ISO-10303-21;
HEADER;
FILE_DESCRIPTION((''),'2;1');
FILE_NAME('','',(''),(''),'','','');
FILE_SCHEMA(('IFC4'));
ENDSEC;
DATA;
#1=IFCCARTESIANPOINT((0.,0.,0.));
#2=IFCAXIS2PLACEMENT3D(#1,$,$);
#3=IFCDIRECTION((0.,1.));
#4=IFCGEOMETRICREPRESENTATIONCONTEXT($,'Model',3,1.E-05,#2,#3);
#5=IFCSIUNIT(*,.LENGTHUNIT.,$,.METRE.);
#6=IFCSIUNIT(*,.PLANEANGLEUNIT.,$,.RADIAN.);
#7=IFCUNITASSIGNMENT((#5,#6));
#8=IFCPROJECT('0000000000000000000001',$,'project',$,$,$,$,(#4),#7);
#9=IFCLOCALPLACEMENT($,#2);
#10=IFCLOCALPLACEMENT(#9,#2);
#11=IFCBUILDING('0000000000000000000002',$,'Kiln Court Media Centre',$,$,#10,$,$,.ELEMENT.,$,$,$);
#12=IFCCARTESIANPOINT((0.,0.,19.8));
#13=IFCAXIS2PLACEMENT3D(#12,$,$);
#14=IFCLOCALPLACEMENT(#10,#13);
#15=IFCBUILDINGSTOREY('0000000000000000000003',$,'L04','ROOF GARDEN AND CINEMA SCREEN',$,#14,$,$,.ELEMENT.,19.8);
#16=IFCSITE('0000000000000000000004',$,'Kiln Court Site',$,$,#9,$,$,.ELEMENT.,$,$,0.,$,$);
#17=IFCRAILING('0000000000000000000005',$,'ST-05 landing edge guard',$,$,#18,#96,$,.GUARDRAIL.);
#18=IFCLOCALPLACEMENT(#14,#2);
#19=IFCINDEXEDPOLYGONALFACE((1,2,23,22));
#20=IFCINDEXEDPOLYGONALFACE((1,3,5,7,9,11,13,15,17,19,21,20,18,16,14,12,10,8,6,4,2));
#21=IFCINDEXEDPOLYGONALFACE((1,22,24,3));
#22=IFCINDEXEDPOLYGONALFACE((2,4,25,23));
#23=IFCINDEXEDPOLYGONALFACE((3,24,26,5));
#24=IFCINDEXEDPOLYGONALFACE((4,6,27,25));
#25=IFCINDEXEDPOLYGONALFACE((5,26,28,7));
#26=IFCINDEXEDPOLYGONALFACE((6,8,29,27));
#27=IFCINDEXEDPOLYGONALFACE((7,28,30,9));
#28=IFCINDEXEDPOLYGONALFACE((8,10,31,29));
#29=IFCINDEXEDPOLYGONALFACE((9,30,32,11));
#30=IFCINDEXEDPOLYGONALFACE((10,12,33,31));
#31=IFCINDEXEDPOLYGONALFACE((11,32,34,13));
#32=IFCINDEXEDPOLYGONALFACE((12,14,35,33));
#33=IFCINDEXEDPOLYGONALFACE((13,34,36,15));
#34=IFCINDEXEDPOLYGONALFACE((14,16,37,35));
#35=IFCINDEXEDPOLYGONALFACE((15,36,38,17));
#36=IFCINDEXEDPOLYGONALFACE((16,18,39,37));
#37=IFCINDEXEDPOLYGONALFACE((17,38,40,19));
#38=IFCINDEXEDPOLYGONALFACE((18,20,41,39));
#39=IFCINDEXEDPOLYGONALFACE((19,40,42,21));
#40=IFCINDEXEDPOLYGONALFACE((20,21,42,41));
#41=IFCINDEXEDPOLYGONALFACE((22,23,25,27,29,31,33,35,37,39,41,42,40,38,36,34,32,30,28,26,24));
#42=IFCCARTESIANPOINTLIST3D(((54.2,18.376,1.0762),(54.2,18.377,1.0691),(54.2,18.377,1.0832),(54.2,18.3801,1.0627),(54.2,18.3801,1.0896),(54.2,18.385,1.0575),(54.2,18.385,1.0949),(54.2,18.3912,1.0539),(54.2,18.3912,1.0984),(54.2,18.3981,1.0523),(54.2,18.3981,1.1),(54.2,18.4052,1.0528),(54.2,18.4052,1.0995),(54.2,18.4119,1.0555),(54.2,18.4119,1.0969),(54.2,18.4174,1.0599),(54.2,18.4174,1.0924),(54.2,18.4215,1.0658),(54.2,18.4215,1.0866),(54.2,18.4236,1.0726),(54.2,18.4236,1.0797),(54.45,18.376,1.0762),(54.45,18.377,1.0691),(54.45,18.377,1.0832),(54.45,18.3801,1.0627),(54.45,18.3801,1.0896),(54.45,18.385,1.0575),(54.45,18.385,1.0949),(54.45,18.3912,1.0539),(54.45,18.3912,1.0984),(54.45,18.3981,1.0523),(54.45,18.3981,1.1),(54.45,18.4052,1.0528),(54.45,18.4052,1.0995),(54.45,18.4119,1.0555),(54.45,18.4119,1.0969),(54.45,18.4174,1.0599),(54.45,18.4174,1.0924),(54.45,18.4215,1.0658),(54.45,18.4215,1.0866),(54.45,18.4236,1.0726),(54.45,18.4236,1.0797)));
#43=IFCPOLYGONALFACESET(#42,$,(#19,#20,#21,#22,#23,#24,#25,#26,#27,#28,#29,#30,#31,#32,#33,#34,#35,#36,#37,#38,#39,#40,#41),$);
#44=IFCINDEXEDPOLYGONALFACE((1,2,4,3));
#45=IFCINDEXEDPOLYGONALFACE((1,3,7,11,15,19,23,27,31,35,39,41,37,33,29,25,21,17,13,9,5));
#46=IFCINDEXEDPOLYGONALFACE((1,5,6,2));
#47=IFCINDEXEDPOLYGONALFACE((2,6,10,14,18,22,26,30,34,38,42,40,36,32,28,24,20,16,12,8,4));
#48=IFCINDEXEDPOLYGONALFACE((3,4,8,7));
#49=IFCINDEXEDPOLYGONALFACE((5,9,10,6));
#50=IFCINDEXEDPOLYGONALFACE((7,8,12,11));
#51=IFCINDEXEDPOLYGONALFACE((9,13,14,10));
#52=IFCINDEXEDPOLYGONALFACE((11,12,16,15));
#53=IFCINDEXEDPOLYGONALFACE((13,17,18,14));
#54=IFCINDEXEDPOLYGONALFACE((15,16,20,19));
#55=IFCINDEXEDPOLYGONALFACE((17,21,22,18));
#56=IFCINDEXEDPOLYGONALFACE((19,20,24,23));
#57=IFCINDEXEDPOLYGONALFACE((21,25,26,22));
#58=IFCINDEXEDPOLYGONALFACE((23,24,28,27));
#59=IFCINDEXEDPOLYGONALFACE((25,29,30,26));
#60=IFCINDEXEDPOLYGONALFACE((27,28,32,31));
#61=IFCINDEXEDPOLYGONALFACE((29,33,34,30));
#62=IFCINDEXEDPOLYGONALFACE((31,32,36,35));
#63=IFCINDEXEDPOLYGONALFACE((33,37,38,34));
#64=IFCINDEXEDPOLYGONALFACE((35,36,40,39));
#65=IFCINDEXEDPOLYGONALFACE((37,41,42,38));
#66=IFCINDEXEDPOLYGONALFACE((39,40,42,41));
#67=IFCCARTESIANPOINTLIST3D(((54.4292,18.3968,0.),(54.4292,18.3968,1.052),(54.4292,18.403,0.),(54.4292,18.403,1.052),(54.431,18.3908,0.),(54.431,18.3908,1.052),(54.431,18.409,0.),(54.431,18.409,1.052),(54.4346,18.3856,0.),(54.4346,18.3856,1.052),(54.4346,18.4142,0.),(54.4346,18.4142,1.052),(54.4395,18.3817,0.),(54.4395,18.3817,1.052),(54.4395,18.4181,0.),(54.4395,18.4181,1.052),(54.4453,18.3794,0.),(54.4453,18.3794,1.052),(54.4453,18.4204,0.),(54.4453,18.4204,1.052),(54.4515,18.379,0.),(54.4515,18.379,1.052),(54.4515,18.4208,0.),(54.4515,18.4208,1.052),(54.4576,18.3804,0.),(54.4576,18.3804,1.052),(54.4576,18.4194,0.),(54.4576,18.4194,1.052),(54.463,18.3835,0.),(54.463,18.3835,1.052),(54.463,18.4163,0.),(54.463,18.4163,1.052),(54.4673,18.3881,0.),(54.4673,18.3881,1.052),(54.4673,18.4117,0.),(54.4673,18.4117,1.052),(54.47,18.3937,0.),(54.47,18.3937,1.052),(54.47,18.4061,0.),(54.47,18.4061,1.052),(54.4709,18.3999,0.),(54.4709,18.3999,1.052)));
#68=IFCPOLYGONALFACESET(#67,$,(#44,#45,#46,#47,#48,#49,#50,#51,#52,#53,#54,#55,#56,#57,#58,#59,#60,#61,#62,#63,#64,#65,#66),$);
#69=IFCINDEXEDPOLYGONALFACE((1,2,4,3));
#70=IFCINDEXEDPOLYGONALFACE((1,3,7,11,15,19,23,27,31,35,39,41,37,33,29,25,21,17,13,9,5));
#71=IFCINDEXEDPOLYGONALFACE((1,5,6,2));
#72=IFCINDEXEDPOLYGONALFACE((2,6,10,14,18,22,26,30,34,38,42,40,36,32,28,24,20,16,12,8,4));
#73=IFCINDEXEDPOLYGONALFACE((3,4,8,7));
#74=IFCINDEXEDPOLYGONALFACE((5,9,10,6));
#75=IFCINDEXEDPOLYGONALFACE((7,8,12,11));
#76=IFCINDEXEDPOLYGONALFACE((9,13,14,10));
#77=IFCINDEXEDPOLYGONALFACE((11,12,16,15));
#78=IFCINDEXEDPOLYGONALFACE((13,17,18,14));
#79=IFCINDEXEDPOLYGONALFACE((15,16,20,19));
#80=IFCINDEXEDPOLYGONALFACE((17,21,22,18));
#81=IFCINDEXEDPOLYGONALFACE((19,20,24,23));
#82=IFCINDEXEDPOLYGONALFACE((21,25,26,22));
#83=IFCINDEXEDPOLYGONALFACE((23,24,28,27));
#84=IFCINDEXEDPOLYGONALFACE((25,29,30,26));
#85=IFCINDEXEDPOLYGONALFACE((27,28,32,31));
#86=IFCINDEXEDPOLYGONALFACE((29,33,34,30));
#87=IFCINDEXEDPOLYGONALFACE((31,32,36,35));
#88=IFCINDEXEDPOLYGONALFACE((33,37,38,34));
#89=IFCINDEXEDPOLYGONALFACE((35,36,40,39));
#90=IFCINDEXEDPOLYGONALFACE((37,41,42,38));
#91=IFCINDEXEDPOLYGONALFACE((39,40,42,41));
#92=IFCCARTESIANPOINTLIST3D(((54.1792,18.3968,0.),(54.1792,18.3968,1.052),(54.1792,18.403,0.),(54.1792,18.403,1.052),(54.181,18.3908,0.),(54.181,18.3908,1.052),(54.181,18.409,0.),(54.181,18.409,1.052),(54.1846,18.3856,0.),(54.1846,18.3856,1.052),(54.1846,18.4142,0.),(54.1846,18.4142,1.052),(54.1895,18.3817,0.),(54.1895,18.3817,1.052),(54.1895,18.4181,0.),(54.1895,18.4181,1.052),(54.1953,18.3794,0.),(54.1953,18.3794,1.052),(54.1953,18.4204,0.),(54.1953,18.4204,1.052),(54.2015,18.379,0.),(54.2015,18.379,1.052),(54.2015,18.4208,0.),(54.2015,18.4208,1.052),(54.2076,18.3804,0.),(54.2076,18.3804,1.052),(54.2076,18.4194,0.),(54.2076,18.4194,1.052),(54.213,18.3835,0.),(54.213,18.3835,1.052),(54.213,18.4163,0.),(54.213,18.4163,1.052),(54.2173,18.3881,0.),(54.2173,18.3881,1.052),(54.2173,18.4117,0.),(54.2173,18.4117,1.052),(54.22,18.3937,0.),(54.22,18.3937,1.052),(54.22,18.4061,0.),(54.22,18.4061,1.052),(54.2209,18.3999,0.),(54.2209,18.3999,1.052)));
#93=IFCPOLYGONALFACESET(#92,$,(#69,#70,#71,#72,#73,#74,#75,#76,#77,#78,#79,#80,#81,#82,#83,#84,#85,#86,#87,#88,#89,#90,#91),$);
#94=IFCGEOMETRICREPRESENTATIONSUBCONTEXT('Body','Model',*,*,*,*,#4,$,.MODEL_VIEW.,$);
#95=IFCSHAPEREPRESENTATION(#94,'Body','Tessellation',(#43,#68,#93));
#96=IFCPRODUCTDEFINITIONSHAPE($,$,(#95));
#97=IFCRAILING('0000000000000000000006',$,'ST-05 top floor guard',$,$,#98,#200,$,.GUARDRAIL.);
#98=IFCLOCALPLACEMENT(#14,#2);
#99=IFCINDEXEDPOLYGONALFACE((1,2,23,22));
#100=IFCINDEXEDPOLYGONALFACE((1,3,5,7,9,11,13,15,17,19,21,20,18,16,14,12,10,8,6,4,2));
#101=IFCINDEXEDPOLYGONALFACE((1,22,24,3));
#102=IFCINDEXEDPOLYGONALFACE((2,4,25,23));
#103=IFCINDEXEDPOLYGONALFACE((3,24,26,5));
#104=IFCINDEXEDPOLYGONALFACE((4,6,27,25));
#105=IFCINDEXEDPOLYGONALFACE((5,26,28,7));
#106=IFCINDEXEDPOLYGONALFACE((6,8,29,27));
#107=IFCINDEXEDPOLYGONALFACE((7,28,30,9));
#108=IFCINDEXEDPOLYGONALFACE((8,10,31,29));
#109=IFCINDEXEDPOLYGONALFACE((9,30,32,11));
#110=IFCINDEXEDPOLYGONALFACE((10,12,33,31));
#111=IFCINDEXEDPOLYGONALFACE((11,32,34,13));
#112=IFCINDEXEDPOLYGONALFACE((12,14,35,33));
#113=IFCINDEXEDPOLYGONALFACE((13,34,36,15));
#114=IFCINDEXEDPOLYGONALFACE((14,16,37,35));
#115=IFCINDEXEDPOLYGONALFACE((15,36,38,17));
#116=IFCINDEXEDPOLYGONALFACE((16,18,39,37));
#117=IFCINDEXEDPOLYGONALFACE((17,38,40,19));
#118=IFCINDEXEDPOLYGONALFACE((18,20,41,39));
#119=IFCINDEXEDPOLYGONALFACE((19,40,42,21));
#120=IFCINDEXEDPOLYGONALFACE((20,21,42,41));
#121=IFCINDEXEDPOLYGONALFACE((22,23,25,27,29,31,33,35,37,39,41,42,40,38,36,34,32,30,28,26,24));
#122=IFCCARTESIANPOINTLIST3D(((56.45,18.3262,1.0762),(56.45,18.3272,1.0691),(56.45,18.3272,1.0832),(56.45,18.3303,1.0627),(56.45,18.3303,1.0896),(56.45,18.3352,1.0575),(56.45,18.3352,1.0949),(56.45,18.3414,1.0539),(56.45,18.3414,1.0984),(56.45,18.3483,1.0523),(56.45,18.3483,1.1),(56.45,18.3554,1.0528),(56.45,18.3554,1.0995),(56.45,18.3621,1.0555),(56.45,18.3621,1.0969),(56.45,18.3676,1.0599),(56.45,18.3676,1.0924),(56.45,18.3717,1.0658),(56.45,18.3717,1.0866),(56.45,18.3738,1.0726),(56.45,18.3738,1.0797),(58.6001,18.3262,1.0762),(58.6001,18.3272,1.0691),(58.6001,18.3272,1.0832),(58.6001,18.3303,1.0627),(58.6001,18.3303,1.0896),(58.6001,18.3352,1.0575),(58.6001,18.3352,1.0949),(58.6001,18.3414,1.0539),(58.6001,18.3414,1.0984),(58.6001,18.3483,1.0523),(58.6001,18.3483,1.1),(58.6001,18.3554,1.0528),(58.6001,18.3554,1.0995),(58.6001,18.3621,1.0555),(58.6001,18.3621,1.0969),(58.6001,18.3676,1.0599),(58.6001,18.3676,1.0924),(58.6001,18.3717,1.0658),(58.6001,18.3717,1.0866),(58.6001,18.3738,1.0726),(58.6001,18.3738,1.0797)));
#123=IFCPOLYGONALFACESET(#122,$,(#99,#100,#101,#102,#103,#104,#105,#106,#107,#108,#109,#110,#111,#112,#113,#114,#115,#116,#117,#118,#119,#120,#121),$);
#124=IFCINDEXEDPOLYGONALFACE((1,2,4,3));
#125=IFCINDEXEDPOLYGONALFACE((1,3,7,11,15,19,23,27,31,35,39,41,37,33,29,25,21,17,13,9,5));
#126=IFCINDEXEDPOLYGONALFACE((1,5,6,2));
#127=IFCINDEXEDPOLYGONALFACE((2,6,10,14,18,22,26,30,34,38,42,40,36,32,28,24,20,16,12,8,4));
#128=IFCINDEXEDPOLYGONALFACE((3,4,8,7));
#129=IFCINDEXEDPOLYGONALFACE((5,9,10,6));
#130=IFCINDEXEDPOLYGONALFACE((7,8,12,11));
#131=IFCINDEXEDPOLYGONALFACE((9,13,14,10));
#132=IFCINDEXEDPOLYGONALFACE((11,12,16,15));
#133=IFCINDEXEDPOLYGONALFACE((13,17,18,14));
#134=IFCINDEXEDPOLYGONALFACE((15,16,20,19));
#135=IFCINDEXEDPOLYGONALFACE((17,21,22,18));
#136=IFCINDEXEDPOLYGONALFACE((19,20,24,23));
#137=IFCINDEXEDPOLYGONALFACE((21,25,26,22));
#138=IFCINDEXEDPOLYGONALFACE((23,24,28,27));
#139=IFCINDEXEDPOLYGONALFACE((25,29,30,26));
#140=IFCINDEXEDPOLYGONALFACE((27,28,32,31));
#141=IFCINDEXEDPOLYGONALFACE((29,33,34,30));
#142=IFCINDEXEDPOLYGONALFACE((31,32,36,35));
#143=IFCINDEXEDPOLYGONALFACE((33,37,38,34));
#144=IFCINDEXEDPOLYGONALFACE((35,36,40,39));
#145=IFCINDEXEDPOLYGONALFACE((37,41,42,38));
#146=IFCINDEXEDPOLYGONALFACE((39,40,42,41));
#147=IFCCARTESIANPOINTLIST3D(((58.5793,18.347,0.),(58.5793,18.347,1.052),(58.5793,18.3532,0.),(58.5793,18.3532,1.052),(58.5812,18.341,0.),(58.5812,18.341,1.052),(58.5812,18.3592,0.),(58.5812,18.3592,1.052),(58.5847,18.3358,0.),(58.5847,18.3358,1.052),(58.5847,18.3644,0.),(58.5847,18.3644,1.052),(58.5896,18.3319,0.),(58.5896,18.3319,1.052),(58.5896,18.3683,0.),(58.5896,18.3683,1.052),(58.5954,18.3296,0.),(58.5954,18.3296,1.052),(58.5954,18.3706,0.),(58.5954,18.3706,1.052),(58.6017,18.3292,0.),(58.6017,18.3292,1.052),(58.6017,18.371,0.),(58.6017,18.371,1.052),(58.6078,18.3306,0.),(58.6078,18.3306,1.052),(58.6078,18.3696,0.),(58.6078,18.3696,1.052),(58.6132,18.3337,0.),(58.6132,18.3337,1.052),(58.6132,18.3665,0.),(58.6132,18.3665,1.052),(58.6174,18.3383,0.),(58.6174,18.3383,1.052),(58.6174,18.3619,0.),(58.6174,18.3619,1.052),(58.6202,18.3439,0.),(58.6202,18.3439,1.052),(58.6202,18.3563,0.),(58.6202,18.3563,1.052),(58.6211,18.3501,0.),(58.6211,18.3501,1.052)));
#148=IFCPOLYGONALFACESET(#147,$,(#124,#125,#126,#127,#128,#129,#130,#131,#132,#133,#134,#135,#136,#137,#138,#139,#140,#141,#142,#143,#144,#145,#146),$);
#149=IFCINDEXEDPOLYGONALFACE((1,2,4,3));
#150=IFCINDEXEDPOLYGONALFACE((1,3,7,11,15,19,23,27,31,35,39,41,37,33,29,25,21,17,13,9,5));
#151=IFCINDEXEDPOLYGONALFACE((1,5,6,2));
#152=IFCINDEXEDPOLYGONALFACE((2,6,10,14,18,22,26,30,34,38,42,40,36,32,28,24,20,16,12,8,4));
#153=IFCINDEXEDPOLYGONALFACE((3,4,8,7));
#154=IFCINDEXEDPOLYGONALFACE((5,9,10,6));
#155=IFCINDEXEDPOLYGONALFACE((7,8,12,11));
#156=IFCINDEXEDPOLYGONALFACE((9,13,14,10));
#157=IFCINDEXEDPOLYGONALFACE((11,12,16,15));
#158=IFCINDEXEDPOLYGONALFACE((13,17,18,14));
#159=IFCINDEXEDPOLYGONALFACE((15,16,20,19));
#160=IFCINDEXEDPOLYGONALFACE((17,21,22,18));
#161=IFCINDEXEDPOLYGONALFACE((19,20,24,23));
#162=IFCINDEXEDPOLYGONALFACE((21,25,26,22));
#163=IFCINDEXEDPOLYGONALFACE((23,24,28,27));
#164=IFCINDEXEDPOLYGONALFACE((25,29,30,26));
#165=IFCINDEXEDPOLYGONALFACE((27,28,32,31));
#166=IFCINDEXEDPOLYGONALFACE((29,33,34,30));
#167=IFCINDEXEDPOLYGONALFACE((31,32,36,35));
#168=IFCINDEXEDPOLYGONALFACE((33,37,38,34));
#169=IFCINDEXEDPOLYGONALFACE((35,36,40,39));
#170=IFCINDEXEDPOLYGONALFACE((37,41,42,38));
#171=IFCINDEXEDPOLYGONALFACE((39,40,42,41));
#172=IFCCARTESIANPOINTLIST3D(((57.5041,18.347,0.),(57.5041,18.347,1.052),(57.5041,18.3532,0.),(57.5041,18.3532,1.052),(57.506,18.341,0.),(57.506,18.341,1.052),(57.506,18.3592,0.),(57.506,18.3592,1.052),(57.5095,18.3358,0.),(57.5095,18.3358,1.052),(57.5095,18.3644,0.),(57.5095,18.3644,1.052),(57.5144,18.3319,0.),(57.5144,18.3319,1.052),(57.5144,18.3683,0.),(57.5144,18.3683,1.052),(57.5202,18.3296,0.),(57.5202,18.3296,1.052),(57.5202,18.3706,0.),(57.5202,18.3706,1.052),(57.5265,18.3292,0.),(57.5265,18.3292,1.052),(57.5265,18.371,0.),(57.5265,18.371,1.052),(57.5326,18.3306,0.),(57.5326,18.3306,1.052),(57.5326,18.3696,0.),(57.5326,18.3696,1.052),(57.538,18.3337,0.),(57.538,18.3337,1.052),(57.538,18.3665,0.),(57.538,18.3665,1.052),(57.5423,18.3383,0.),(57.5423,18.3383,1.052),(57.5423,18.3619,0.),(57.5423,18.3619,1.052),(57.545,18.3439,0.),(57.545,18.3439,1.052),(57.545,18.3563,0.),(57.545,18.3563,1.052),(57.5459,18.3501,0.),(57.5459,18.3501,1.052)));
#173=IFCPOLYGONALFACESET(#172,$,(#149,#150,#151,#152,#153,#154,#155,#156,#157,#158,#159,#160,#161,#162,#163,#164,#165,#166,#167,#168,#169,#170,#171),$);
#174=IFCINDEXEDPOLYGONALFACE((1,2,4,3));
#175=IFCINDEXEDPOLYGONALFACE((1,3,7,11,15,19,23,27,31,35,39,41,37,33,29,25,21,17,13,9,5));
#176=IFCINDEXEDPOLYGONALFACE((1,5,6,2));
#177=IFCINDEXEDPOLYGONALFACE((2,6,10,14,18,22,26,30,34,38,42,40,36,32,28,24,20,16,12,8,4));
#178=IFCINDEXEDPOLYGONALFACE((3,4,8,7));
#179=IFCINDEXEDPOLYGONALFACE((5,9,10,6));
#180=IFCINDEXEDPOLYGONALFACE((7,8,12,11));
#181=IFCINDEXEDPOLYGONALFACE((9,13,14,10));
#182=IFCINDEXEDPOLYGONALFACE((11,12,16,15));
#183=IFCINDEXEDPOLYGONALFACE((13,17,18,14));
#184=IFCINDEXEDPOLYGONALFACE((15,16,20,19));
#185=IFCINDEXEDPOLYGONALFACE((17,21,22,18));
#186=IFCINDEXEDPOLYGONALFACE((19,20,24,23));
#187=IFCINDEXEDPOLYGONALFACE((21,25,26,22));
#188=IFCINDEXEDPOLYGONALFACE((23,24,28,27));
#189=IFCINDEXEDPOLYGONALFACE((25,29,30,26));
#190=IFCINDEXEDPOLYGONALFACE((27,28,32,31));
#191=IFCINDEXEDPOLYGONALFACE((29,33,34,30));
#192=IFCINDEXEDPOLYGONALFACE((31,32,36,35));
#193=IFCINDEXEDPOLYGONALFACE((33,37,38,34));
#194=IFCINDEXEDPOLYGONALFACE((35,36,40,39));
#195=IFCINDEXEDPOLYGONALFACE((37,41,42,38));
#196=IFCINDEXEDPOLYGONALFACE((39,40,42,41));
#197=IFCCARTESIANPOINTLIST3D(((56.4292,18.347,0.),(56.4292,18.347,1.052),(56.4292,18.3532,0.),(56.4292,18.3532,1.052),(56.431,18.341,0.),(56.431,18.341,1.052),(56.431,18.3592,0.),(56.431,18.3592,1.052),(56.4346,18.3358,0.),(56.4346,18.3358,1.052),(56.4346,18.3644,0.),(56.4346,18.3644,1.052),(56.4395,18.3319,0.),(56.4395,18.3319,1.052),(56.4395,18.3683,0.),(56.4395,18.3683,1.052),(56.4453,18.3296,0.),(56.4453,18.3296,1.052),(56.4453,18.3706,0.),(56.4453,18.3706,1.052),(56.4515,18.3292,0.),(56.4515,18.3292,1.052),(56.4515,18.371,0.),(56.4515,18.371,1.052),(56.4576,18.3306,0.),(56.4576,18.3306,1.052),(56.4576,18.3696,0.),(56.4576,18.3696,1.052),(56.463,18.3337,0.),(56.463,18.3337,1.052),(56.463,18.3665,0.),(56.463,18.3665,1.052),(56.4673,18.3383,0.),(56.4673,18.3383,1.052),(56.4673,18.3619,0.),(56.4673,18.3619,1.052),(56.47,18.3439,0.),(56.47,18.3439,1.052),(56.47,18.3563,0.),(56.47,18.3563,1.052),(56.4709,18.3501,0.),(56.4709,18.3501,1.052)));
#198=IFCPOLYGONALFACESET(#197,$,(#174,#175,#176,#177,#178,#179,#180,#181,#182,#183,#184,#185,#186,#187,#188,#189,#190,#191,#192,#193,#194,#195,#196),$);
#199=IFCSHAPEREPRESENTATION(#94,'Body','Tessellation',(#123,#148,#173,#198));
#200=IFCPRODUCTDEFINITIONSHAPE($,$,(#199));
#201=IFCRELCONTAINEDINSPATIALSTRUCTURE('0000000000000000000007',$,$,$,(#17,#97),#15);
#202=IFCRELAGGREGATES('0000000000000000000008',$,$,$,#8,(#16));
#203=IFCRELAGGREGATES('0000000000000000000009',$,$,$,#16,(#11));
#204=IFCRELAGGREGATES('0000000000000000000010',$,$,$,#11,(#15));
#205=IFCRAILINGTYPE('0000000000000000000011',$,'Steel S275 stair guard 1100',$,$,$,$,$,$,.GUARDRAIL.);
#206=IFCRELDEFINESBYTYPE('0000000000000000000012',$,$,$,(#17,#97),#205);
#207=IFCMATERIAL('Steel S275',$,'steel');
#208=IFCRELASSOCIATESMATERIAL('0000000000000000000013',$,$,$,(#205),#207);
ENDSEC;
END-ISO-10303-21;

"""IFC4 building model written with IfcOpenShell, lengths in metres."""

from ifc_helpers import new_model, si_unit, direction, frame, origin, origin_2d, place, context, subcontext, project, spatial, circle, extrude, material, type_object, element, save


model = new_model("IFC4")

# Units and contexts
model_context = context("Model", 3, precision=1e-05, world=origin(), true_north=direction((0.0, 1.0)))
body_context = subcontext(model_context, "Body", "Model", "MODEL_VIEW")
ifc_project = project(units=[si_unit("LENGTHUNIT", "METRE"), si_unit("PLANEANGLEUNIT", "RADIAN")], contexts=[model_context])

# Site, building, storey
site_placement = place(None, origin())
site = spatial("IfcSite", under=ifc_project, at=site_placement, Name="Kiln Court Site", CompositionType="ELEMENT", RefElevation=0.0)
building_placement = place(site_placement, origin())
building = spatial("IfcBuilding", under=site, at=building_placement, Name="Kiln Court Media Centre", CompositionType="ELEMENT")
storey_placement = place(building_placement, frame((0.0, 0.0, 19.8)))
storey = spatial("IfcBuildingStorey", under=building, at=storey_placement, Name="L04", Description="ROOF GARDEN AND CINEMA SCREEN", CompositionType="ELEMENT", Elevation=19.8)

# Railings
ifc_material_1 = material(Name="Steel S275", Category="steel")
railing_type = type_object("IfcRailingType", Name="Steel S275 stair guard 1100", PredefinedType="GUARDRAIL", material=ifc_material_1)
railing_1_placement = place(storey_placement, frame((54.45, 18.3999, 0.0)))
element("IfcRailing", 1, at=railing_1_placement, inside=storey, type_object=railing_type, Name="ST-05 landing edge guard", PredefinedType="GUARDRAIL", context=body_context, shape_type="SweptSolid", body=[
    extrude(circle(Radius=0.0239, at=origin_2d()), frame((0.0, 0.0, 1.0762), z_axis=(-1.0, 0.0, 0.0), x_axis=(0.0, -1.0, 0.0)), (0.0, 0.0, 1.0), 0.25),
    extrude(circle(Radius=0.021, at=origin_2d()), origin(), (0.0, 0.0, 1.0), 1.052),
    extrude(circle(Radius=0.021, at=origin_2d()), frame((-0.25, 0.0, 0.0)), (0.0, 0.0, 1.0), 1.052),
])
railing_2_placement = place(storey_placement, frame((58.6001, 18.3501, 0.0)))
element("IfcRailing", 2, at=railing_2_placement, inside=storey, type_object=railing_type, Name="ST-05 top floor guard", PredefinedType="GUARDRAIL", context=body_context, shape_type="SweptSolid", body=[
    extrude(circle(Radius=0.0239, at=origin_2d()), frame((0.0, 0.0, 1.0762), z_axis=(-1.0, 0.0, 0.0), x_axis=(0.0, -1.0, 0.0)), (0.0, 0.0, 1.0), 2.1501),
    extrude(circle(Radius=0.021, at=origin_2d()), origin(), (0.0, 0.0, 1.0), 1.052),
    extrude(circle(Radius=0.021, at=origin_2d()), frame((-1.0752, 0.0, 0.0)), (0.0, 0.0, 1.0), 1.052),
    extrude(circle(Radius=0.021, at=origin_2d()), frame((-2.1501, 0.0, 0.0)), (0.0, 0.0, 1.0), 1.052),
])

save(model, "model.ifc")
